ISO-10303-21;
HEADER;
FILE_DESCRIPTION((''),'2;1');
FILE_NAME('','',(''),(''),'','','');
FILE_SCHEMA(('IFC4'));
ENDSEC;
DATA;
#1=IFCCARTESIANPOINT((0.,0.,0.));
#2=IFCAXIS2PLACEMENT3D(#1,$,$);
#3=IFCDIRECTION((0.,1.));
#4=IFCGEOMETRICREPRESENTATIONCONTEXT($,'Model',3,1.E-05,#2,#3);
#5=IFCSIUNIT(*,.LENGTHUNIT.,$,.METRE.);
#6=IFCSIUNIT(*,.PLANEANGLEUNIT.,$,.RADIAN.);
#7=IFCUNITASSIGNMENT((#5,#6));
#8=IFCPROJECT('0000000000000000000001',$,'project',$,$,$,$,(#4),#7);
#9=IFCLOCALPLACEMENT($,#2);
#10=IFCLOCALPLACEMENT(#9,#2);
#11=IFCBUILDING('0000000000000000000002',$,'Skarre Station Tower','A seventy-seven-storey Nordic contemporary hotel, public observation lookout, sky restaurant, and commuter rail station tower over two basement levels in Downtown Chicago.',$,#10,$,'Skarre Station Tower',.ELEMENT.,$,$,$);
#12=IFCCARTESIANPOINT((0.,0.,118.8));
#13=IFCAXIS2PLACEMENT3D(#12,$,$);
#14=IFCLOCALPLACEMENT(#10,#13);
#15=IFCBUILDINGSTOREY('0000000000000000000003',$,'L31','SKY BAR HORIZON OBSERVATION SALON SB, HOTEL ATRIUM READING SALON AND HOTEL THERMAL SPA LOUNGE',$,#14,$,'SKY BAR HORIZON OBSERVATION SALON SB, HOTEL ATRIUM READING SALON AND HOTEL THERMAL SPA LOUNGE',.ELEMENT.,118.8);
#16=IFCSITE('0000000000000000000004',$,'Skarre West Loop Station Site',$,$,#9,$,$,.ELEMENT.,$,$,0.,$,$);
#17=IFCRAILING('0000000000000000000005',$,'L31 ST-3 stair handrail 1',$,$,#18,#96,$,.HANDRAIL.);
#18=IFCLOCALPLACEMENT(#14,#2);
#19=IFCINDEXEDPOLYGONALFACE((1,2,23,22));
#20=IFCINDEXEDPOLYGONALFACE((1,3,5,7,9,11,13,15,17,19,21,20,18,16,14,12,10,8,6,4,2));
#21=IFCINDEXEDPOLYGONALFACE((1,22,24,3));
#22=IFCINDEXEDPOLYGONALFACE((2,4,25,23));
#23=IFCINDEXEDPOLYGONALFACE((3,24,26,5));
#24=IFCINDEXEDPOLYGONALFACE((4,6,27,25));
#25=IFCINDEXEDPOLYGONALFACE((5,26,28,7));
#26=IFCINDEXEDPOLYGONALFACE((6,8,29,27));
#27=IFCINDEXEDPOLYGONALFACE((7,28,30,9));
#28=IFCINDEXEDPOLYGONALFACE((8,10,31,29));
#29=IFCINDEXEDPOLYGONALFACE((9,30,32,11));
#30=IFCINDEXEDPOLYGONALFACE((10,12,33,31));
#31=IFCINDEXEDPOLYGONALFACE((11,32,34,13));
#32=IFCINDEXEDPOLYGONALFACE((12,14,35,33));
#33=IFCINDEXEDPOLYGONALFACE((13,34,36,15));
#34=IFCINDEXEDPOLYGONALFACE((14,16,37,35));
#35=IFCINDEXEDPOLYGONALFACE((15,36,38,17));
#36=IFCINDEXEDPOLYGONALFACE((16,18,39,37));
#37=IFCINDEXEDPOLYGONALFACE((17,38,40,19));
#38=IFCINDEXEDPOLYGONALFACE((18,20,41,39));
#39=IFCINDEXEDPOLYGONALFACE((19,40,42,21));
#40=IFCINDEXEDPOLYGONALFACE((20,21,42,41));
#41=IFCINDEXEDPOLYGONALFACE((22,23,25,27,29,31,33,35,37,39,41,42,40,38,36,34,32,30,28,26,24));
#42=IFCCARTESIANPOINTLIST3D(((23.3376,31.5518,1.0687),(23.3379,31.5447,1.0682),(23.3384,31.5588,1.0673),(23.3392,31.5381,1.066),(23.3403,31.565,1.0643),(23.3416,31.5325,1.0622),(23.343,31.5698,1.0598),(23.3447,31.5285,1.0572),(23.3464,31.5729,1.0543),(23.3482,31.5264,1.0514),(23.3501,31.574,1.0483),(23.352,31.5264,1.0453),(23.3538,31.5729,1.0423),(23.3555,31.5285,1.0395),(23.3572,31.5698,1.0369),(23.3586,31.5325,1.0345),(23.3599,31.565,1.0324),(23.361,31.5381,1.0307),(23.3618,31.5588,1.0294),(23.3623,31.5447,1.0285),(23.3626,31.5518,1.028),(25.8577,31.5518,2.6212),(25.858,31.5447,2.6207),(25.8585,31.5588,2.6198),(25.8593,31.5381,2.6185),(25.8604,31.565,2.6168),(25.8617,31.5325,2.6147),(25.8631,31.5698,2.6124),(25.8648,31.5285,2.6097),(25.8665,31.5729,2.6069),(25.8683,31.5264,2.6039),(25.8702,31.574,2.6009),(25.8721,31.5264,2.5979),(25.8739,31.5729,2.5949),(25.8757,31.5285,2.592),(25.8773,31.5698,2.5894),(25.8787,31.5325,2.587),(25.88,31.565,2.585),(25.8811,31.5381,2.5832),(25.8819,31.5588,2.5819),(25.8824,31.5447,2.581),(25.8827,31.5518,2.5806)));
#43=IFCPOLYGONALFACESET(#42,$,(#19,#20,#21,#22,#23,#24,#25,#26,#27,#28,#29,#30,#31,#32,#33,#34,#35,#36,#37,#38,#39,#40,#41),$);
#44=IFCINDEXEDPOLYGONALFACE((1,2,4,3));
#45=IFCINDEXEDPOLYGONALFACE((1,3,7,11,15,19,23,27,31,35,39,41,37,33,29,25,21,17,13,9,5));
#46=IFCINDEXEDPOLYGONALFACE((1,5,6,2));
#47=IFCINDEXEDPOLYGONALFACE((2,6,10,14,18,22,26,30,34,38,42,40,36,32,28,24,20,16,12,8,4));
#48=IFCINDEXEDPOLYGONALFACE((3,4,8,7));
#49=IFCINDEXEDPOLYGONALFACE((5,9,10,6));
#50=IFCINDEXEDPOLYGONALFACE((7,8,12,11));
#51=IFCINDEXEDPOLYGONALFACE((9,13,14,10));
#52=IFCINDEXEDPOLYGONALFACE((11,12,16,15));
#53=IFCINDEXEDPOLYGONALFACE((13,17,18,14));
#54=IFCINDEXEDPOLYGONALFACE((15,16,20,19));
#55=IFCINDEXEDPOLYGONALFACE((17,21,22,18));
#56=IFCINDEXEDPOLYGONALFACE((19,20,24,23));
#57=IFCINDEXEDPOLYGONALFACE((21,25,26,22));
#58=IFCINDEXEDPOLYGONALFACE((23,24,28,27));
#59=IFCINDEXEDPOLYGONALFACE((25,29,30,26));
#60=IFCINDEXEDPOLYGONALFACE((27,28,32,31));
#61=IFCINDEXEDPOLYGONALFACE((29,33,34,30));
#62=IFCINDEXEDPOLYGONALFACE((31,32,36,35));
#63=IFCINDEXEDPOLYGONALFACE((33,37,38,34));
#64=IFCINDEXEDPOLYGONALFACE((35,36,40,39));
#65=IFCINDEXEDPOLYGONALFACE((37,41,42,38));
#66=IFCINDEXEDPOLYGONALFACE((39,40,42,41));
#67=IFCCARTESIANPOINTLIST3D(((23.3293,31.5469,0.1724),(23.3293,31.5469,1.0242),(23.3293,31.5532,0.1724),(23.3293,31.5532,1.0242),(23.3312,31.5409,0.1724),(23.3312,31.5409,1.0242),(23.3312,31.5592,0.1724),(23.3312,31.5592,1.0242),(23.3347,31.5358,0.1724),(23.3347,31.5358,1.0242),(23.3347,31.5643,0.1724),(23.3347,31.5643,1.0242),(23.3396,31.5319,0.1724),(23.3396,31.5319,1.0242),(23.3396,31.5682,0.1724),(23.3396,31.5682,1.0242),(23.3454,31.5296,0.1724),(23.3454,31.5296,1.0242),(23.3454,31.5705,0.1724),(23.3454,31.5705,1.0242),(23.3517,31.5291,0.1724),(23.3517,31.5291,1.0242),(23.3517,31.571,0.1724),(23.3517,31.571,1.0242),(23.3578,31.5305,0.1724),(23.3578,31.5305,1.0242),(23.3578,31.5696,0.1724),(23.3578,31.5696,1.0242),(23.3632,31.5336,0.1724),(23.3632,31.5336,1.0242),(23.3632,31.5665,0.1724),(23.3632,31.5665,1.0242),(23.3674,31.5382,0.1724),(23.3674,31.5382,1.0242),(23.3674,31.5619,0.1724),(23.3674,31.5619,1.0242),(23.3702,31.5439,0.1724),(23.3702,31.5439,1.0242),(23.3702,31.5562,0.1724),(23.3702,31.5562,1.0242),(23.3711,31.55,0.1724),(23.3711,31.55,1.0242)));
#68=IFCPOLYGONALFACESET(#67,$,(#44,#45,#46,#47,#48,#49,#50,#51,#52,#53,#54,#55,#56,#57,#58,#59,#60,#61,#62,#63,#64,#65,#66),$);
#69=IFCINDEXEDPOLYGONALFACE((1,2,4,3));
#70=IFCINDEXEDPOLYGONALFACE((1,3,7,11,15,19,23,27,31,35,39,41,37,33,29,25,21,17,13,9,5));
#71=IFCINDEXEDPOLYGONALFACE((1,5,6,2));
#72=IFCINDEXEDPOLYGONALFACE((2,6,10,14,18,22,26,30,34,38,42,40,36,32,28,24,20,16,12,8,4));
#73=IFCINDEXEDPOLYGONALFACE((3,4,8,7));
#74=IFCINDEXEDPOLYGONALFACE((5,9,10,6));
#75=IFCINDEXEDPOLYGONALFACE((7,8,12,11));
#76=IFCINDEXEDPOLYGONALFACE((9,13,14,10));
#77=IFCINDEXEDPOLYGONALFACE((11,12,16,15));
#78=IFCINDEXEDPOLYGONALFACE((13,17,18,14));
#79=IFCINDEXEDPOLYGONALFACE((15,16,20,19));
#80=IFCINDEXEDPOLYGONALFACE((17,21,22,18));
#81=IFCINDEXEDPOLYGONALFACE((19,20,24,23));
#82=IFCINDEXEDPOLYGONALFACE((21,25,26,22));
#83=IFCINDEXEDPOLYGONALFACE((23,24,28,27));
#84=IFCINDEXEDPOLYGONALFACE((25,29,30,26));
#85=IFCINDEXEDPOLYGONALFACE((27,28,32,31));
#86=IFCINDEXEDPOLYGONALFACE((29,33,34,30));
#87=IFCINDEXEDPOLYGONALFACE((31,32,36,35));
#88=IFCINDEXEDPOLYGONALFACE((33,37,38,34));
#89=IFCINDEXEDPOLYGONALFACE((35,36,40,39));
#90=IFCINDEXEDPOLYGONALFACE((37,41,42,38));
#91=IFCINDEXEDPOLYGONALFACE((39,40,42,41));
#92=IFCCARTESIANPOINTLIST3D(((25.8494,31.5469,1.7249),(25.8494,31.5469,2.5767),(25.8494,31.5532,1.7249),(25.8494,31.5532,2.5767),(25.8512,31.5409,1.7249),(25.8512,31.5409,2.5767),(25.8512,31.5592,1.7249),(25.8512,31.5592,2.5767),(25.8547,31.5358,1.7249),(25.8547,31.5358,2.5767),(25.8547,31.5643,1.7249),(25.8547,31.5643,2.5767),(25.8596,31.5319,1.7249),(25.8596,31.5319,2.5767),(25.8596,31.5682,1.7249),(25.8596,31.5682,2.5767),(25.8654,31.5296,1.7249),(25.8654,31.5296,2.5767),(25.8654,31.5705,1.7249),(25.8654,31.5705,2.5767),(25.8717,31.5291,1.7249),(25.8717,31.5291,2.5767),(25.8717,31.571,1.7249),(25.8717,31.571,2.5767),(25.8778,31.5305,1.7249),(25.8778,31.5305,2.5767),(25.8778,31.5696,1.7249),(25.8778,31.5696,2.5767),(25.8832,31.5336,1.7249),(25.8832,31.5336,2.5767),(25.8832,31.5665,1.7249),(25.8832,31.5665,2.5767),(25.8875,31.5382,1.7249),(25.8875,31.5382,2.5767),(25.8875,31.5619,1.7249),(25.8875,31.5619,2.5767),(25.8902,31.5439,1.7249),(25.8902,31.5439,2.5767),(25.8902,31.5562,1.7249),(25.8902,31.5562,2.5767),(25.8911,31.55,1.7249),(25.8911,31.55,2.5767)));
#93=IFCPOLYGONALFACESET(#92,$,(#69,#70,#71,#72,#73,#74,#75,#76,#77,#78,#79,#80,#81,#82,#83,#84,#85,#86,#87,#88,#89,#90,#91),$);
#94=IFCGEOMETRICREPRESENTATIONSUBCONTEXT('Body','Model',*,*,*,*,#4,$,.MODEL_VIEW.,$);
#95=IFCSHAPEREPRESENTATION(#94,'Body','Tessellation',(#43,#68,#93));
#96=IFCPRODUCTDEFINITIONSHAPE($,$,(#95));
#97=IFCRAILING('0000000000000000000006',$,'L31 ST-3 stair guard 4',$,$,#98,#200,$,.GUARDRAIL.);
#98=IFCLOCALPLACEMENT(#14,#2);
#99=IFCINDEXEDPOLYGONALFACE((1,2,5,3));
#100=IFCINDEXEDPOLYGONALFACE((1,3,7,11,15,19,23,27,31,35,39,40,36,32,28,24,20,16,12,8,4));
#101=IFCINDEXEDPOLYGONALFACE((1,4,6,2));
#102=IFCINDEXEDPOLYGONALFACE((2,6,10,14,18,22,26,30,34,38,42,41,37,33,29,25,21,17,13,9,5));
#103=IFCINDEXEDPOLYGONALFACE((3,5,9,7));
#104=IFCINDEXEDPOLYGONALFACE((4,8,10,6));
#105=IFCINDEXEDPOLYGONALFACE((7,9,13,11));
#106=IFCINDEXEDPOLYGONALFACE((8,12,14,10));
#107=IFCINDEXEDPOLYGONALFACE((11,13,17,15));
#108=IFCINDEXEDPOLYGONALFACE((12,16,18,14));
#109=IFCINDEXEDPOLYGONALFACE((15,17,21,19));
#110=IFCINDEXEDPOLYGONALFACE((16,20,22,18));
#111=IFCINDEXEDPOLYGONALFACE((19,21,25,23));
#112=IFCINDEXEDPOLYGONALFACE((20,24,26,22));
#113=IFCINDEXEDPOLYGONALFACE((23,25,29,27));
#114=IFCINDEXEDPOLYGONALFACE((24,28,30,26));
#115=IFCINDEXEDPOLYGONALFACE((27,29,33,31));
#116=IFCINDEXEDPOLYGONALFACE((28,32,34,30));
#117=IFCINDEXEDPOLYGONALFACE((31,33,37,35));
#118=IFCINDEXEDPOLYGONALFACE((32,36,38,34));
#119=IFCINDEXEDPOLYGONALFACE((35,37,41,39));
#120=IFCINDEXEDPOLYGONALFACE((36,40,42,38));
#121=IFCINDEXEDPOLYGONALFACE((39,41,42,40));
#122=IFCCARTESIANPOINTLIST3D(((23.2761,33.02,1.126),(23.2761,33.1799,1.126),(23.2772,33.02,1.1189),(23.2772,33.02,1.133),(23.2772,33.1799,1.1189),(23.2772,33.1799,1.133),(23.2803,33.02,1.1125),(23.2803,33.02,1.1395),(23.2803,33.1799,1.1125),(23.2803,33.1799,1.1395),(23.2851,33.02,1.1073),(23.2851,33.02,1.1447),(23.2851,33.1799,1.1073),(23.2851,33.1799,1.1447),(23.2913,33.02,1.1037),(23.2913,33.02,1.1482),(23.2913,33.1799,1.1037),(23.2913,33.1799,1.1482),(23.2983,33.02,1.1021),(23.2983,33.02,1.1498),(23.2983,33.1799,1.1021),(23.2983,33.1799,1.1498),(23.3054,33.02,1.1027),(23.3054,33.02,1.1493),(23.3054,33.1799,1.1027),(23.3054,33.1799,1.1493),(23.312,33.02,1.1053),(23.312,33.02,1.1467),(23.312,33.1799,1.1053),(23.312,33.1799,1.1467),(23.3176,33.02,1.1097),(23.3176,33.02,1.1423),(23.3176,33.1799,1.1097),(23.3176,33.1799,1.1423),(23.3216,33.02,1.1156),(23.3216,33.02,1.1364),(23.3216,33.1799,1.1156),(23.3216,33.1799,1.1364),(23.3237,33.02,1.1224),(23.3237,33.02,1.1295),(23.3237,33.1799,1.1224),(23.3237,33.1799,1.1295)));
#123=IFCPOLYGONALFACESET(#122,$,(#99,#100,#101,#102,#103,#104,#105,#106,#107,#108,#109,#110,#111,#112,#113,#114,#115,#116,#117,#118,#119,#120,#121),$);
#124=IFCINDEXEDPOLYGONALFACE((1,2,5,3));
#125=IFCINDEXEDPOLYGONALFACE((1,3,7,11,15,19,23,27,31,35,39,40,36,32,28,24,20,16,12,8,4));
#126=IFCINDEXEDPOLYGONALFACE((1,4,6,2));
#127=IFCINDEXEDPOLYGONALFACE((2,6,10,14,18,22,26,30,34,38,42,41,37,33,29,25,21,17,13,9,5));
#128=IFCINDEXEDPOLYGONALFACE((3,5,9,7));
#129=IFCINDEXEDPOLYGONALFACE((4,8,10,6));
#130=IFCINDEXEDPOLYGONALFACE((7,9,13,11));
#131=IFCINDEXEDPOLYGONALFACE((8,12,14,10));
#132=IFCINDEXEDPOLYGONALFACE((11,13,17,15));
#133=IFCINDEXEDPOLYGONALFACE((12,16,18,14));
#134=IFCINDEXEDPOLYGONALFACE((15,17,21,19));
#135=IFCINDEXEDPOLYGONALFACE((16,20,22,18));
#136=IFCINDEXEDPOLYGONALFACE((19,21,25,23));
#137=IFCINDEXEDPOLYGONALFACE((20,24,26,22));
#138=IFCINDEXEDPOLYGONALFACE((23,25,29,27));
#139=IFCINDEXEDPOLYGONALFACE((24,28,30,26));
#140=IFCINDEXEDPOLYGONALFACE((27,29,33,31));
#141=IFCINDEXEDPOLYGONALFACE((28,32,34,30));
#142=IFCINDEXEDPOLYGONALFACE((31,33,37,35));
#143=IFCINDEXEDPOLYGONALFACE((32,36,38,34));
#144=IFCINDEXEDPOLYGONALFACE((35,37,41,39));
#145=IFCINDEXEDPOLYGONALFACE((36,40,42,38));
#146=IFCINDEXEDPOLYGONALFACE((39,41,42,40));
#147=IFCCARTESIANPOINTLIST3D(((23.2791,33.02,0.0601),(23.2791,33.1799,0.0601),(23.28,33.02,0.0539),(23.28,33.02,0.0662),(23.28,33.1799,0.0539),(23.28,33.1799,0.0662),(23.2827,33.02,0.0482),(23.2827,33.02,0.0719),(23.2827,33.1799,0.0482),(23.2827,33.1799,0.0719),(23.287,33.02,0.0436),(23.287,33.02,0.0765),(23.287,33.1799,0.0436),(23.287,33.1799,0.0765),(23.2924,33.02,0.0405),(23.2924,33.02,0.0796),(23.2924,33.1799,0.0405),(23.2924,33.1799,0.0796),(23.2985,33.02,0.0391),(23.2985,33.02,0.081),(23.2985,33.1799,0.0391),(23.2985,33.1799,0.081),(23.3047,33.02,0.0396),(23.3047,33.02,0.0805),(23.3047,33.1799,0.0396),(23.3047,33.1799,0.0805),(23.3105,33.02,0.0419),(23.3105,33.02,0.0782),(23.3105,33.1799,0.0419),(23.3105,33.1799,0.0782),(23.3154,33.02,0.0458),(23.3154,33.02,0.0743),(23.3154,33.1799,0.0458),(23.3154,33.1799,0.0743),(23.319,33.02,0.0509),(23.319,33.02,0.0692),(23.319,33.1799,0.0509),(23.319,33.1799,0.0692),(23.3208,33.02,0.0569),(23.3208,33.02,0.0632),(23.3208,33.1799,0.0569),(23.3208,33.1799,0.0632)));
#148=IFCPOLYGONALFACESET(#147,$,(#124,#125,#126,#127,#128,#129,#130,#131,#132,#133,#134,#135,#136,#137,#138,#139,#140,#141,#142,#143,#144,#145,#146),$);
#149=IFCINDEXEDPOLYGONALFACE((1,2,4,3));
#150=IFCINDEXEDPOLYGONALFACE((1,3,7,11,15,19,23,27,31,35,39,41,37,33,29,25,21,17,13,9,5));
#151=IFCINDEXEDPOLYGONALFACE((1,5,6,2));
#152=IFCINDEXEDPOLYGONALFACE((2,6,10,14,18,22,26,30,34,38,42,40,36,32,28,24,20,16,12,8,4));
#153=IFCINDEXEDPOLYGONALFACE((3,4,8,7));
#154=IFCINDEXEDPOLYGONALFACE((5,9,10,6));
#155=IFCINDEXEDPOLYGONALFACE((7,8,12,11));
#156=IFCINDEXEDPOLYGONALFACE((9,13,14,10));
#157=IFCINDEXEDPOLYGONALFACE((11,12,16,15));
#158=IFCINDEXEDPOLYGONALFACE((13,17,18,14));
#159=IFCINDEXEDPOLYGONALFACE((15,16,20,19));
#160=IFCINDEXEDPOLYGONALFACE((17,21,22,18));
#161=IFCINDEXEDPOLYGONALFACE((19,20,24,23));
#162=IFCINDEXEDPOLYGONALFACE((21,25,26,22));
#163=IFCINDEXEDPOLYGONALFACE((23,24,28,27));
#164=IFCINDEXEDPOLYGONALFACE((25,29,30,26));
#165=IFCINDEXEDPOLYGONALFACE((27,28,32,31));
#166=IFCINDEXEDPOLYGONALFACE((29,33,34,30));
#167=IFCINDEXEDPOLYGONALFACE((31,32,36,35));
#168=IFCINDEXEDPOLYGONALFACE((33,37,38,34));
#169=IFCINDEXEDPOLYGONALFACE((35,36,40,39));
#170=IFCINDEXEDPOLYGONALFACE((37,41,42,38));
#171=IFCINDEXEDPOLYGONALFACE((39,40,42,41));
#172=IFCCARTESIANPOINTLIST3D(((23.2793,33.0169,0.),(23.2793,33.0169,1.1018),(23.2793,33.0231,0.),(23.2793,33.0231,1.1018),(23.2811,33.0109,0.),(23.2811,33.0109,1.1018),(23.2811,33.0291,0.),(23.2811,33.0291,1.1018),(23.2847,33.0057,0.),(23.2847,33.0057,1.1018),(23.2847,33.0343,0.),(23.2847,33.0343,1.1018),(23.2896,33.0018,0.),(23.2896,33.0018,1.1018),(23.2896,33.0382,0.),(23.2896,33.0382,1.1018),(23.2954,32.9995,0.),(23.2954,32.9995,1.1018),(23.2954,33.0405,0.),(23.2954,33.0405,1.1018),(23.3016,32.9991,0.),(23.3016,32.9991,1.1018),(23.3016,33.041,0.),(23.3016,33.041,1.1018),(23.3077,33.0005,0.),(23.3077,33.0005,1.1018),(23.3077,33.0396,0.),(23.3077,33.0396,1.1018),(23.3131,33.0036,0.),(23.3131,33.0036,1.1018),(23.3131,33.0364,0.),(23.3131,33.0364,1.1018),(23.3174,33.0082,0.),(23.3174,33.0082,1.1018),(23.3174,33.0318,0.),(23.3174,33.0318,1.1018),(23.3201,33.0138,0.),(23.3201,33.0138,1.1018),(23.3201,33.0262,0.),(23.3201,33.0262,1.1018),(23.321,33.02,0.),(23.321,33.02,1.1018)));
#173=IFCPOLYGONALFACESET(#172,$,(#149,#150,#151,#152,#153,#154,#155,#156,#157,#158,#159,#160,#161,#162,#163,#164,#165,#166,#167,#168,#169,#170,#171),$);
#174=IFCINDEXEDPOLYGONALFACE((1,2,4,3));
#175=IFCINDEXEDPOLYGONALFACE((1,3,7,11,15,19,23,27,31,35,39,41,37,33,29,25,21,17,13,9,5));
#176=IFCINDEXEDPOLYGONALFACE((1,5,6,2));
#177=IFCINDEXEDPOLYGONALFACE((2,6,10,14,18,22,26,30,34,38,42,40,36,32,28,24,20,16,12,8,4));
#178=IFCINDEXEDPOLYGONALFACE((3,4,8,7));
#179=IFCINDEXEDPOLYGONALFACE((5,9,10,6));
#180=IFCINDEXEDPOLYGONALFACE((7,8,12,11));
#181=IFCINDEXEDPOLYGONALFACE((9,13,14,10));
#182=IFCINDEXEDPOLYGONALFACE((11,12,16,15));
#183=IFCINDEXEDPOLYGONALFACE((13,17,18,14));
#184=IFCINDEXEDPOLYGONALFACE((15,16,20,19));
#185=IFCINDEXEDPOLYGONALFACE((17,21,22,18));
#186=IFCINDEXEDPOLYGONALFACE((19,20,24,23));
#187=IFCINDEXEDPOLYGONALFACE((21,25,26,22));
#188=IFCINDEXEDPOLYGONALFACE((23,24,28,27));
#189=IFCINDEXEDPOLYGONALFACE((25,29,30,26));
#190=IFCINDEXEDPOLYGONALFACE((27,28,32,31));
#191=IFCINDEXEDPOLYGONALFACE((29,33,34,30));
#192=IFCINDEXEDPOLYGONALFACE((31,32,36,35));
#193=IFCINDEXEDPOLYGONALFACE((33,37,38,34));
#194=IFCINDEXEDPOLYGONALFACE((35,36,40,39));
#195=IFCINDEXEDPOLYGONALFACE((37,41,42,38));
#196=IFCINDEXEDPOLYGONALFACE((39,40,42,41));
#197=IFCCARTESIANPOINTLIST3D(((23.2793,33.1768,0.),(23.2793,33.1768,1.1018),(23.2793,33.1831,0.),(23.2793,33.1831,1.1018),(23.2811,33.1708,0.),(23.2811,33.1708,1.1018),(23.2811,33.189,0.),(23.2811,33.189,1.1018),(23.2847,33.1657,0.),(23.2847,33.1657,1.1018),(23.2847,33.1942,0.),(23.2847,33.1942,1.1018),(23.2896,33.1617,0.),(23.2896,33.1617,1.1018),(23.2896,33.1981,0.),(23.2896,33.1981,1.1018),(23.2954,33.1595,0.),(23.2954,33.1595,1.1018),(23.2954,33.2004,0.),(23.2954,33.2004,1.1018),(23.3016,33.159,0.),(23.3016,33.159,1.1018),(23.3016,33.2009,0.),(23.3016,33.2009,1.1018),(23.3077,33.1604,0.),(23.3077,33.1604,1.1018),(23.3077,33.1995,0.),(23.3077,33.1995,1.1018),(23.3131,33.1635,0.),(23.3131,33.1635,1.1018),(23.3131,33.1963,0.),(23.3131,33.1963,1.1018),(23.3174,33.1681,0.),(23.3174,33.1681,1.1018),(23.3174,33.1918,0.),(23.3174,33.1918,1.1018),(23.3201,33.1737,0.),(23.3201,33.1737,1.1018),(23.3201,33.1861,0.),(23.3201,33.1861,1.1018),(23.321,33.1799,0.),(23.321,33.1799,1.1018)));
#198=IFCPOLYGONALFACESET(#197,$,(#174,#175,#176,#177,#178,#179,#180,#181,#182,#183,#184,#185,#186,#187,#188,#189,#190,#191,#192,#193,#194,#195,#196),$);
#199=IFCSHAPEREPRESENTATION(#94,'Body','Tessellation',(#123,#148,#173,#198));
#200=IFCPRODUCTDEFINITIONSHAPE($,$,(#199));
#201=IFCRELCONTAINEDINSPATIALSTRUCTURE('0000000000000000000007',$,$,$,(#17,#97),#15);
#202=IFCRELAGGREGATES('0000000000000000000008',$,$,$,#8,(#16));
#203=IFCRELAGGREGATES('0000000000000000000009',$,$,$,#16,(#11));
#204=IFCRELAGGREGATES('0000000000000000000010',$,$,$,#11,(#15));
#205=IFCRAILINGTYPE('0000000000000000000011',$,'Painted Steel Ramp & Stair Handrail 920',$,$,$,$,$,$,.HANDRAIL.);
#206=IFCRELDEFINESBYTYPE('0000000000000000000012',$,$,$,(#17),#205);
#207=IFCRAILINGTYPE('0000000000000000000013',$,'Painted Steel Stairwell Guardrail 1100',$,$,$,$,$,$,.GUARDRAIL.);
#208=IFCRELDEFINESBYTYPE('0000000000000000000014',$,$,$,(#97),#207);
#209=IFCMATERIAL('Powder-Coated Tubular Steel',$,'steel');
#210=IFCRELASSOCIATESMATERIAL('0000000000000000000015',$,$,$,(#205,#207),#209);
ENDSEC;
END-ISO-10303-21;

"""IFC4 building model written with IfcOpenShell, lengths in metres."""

from ifc_helpers import new_model, si_unit, direction, frame, origin, origin_2d, place, context, subcontext, project, spatial, circle, extrude, material, type_object, element, save


model = new_model("IFC4")

# Units and contexts
model_context = context("Model", 3, precision=1e-05, world=origin(), true_north=direction((0.0, 1.0)))
body_context = subcontext(model_context, "Body", "Model", "MODEL_VIEW")
ifc_project = project(units=[si_unit("LENGTHUNIT", "METRE"), si_unit("PLANEANGLEUNIT", "RADIAN")], contexts=[model_context])

# Site, building, storey
site_placement = place(None, origin())
site = spatial("IfcSite", under=ifc_project, at=site_placement, Name="Skarre West Loop Station Site", CompositionType="ELEMENT", RefElevation=0.0)
building_placement = place(site_placement, origin())
building = spatial("IfcBuilding", under=site, at=building_placement, Name="Skarre Station Tower", Description="A seventy-seven-storey Nordic contemporary hotel, public observation lookout, sky restaurant, and commuter rail station tower over two basement levels in Downtown Chicago.", LongName="Skarre Station Tower", CompositionType="ELEMENT")
storey_placement = place(building_placement, frame((0.0, 0.0, 118.8)))
storey = spatial("IfcBuildingStorey", under=building, at=storey_placement, Name="L31", Description="SKY BAR HORIZON OBSERVATION SALON SB, HOTEL ATRIUM READING SALON AND HOTEL THERMAL SPA LOUNGE", LongName="SKY BAR HORIZON OBSERVATION SALON SB, HOTEL ATRIUM READING SALON AND HOTEL THERMAL SPA LOUNGE", CompositionType="ELEMENT", Elevation=118.8)

# Railings
ifc_material_1 = material(Name="Powder-Coated Tubular Steel", Category="steel")
railing_type_1 = type_object("IfcRailingType", Name="Painted Steel Ramp & Stair Handrail 920", PredefinedType="HANDRAIL", material=ifc_material_1)
railing_1_placement = place(storey_placement, frame((23.3501, 31.55, 0.1724)))
element("IfcRailing", 1, at=railing_1_placement, inside=storey, type_object=railing_type_1, Name="L31 ST-3 stair handrail 1", PredefinedType="HANDRAIL", context=body_context, shape_type="SweptSolid", body=[
    extrude(circle(Radius=0.0239, at=origin_2d()), frame((0.0, 0.0, 0.876), z_axis=(0.8514, 0.0, 0.524516), x_axis=(0.0, 1.0, 0.0)), (0.0, 0.0, 1.0), 2.96),
    extrude(circle(Radius=0.021, at=origin_2d()), origin(), (0.0, 0.0, 1.0), 0.8518),
    extrude(circle(Radius=0.021, at=origin_2d()), frame((2.52, 0.0, 1.5525)), (0.0, 0.0, 1.0), 0.8518),
])
railing_type_2 = type_object("IfcRailingType", Name="Painted Steel Stairwell Guardrail 1100", PredefinedType="GUARDRAIL", material=ifc_material_1)
railing_2_placement = place(storey_placement, frame((23.3, 33.02, 0.0)))
element("IfcRailing", 2, at=railing_2_placement, inside=storey, type_object=railing_type_2, Name="L31 ST-3 stair guard 4", PredefinedType="GUARDRAIL", context=body_context, shape_type="SweptSolid", body=[
    extrude(circle(Radius=0.0239, at=origin_2d()), frame((0.0, 0.0, 1.126), z_axis=(0.0, 1.0, 0.0), x_axis=(-1.0, 0.0, 0.0)), (0.0, 0.0, 1.0), 0.1599),
    extrude(circle(Radius=0.021, at=origin_2d()), frame((0.0, 0.0, 0.0601), z_axis=(0.0, 1.0, 0.0), x_axis=(-1.0, 0.0, 0.0)), (0.0, 0.0, 1.0), 0.1599),
    extrude(circle(Radius=0.021, at=origin_2d()), origin(), (0.0, 0.0, 1.0), 1.1018),
    extrude(circle(Radius=0.021, at=origin_2d()), frame((0.0, 0.1599, 0.0)), (0.0, 0.0, 1.0), 1.1018),
])

save(model, "model.ifc")
